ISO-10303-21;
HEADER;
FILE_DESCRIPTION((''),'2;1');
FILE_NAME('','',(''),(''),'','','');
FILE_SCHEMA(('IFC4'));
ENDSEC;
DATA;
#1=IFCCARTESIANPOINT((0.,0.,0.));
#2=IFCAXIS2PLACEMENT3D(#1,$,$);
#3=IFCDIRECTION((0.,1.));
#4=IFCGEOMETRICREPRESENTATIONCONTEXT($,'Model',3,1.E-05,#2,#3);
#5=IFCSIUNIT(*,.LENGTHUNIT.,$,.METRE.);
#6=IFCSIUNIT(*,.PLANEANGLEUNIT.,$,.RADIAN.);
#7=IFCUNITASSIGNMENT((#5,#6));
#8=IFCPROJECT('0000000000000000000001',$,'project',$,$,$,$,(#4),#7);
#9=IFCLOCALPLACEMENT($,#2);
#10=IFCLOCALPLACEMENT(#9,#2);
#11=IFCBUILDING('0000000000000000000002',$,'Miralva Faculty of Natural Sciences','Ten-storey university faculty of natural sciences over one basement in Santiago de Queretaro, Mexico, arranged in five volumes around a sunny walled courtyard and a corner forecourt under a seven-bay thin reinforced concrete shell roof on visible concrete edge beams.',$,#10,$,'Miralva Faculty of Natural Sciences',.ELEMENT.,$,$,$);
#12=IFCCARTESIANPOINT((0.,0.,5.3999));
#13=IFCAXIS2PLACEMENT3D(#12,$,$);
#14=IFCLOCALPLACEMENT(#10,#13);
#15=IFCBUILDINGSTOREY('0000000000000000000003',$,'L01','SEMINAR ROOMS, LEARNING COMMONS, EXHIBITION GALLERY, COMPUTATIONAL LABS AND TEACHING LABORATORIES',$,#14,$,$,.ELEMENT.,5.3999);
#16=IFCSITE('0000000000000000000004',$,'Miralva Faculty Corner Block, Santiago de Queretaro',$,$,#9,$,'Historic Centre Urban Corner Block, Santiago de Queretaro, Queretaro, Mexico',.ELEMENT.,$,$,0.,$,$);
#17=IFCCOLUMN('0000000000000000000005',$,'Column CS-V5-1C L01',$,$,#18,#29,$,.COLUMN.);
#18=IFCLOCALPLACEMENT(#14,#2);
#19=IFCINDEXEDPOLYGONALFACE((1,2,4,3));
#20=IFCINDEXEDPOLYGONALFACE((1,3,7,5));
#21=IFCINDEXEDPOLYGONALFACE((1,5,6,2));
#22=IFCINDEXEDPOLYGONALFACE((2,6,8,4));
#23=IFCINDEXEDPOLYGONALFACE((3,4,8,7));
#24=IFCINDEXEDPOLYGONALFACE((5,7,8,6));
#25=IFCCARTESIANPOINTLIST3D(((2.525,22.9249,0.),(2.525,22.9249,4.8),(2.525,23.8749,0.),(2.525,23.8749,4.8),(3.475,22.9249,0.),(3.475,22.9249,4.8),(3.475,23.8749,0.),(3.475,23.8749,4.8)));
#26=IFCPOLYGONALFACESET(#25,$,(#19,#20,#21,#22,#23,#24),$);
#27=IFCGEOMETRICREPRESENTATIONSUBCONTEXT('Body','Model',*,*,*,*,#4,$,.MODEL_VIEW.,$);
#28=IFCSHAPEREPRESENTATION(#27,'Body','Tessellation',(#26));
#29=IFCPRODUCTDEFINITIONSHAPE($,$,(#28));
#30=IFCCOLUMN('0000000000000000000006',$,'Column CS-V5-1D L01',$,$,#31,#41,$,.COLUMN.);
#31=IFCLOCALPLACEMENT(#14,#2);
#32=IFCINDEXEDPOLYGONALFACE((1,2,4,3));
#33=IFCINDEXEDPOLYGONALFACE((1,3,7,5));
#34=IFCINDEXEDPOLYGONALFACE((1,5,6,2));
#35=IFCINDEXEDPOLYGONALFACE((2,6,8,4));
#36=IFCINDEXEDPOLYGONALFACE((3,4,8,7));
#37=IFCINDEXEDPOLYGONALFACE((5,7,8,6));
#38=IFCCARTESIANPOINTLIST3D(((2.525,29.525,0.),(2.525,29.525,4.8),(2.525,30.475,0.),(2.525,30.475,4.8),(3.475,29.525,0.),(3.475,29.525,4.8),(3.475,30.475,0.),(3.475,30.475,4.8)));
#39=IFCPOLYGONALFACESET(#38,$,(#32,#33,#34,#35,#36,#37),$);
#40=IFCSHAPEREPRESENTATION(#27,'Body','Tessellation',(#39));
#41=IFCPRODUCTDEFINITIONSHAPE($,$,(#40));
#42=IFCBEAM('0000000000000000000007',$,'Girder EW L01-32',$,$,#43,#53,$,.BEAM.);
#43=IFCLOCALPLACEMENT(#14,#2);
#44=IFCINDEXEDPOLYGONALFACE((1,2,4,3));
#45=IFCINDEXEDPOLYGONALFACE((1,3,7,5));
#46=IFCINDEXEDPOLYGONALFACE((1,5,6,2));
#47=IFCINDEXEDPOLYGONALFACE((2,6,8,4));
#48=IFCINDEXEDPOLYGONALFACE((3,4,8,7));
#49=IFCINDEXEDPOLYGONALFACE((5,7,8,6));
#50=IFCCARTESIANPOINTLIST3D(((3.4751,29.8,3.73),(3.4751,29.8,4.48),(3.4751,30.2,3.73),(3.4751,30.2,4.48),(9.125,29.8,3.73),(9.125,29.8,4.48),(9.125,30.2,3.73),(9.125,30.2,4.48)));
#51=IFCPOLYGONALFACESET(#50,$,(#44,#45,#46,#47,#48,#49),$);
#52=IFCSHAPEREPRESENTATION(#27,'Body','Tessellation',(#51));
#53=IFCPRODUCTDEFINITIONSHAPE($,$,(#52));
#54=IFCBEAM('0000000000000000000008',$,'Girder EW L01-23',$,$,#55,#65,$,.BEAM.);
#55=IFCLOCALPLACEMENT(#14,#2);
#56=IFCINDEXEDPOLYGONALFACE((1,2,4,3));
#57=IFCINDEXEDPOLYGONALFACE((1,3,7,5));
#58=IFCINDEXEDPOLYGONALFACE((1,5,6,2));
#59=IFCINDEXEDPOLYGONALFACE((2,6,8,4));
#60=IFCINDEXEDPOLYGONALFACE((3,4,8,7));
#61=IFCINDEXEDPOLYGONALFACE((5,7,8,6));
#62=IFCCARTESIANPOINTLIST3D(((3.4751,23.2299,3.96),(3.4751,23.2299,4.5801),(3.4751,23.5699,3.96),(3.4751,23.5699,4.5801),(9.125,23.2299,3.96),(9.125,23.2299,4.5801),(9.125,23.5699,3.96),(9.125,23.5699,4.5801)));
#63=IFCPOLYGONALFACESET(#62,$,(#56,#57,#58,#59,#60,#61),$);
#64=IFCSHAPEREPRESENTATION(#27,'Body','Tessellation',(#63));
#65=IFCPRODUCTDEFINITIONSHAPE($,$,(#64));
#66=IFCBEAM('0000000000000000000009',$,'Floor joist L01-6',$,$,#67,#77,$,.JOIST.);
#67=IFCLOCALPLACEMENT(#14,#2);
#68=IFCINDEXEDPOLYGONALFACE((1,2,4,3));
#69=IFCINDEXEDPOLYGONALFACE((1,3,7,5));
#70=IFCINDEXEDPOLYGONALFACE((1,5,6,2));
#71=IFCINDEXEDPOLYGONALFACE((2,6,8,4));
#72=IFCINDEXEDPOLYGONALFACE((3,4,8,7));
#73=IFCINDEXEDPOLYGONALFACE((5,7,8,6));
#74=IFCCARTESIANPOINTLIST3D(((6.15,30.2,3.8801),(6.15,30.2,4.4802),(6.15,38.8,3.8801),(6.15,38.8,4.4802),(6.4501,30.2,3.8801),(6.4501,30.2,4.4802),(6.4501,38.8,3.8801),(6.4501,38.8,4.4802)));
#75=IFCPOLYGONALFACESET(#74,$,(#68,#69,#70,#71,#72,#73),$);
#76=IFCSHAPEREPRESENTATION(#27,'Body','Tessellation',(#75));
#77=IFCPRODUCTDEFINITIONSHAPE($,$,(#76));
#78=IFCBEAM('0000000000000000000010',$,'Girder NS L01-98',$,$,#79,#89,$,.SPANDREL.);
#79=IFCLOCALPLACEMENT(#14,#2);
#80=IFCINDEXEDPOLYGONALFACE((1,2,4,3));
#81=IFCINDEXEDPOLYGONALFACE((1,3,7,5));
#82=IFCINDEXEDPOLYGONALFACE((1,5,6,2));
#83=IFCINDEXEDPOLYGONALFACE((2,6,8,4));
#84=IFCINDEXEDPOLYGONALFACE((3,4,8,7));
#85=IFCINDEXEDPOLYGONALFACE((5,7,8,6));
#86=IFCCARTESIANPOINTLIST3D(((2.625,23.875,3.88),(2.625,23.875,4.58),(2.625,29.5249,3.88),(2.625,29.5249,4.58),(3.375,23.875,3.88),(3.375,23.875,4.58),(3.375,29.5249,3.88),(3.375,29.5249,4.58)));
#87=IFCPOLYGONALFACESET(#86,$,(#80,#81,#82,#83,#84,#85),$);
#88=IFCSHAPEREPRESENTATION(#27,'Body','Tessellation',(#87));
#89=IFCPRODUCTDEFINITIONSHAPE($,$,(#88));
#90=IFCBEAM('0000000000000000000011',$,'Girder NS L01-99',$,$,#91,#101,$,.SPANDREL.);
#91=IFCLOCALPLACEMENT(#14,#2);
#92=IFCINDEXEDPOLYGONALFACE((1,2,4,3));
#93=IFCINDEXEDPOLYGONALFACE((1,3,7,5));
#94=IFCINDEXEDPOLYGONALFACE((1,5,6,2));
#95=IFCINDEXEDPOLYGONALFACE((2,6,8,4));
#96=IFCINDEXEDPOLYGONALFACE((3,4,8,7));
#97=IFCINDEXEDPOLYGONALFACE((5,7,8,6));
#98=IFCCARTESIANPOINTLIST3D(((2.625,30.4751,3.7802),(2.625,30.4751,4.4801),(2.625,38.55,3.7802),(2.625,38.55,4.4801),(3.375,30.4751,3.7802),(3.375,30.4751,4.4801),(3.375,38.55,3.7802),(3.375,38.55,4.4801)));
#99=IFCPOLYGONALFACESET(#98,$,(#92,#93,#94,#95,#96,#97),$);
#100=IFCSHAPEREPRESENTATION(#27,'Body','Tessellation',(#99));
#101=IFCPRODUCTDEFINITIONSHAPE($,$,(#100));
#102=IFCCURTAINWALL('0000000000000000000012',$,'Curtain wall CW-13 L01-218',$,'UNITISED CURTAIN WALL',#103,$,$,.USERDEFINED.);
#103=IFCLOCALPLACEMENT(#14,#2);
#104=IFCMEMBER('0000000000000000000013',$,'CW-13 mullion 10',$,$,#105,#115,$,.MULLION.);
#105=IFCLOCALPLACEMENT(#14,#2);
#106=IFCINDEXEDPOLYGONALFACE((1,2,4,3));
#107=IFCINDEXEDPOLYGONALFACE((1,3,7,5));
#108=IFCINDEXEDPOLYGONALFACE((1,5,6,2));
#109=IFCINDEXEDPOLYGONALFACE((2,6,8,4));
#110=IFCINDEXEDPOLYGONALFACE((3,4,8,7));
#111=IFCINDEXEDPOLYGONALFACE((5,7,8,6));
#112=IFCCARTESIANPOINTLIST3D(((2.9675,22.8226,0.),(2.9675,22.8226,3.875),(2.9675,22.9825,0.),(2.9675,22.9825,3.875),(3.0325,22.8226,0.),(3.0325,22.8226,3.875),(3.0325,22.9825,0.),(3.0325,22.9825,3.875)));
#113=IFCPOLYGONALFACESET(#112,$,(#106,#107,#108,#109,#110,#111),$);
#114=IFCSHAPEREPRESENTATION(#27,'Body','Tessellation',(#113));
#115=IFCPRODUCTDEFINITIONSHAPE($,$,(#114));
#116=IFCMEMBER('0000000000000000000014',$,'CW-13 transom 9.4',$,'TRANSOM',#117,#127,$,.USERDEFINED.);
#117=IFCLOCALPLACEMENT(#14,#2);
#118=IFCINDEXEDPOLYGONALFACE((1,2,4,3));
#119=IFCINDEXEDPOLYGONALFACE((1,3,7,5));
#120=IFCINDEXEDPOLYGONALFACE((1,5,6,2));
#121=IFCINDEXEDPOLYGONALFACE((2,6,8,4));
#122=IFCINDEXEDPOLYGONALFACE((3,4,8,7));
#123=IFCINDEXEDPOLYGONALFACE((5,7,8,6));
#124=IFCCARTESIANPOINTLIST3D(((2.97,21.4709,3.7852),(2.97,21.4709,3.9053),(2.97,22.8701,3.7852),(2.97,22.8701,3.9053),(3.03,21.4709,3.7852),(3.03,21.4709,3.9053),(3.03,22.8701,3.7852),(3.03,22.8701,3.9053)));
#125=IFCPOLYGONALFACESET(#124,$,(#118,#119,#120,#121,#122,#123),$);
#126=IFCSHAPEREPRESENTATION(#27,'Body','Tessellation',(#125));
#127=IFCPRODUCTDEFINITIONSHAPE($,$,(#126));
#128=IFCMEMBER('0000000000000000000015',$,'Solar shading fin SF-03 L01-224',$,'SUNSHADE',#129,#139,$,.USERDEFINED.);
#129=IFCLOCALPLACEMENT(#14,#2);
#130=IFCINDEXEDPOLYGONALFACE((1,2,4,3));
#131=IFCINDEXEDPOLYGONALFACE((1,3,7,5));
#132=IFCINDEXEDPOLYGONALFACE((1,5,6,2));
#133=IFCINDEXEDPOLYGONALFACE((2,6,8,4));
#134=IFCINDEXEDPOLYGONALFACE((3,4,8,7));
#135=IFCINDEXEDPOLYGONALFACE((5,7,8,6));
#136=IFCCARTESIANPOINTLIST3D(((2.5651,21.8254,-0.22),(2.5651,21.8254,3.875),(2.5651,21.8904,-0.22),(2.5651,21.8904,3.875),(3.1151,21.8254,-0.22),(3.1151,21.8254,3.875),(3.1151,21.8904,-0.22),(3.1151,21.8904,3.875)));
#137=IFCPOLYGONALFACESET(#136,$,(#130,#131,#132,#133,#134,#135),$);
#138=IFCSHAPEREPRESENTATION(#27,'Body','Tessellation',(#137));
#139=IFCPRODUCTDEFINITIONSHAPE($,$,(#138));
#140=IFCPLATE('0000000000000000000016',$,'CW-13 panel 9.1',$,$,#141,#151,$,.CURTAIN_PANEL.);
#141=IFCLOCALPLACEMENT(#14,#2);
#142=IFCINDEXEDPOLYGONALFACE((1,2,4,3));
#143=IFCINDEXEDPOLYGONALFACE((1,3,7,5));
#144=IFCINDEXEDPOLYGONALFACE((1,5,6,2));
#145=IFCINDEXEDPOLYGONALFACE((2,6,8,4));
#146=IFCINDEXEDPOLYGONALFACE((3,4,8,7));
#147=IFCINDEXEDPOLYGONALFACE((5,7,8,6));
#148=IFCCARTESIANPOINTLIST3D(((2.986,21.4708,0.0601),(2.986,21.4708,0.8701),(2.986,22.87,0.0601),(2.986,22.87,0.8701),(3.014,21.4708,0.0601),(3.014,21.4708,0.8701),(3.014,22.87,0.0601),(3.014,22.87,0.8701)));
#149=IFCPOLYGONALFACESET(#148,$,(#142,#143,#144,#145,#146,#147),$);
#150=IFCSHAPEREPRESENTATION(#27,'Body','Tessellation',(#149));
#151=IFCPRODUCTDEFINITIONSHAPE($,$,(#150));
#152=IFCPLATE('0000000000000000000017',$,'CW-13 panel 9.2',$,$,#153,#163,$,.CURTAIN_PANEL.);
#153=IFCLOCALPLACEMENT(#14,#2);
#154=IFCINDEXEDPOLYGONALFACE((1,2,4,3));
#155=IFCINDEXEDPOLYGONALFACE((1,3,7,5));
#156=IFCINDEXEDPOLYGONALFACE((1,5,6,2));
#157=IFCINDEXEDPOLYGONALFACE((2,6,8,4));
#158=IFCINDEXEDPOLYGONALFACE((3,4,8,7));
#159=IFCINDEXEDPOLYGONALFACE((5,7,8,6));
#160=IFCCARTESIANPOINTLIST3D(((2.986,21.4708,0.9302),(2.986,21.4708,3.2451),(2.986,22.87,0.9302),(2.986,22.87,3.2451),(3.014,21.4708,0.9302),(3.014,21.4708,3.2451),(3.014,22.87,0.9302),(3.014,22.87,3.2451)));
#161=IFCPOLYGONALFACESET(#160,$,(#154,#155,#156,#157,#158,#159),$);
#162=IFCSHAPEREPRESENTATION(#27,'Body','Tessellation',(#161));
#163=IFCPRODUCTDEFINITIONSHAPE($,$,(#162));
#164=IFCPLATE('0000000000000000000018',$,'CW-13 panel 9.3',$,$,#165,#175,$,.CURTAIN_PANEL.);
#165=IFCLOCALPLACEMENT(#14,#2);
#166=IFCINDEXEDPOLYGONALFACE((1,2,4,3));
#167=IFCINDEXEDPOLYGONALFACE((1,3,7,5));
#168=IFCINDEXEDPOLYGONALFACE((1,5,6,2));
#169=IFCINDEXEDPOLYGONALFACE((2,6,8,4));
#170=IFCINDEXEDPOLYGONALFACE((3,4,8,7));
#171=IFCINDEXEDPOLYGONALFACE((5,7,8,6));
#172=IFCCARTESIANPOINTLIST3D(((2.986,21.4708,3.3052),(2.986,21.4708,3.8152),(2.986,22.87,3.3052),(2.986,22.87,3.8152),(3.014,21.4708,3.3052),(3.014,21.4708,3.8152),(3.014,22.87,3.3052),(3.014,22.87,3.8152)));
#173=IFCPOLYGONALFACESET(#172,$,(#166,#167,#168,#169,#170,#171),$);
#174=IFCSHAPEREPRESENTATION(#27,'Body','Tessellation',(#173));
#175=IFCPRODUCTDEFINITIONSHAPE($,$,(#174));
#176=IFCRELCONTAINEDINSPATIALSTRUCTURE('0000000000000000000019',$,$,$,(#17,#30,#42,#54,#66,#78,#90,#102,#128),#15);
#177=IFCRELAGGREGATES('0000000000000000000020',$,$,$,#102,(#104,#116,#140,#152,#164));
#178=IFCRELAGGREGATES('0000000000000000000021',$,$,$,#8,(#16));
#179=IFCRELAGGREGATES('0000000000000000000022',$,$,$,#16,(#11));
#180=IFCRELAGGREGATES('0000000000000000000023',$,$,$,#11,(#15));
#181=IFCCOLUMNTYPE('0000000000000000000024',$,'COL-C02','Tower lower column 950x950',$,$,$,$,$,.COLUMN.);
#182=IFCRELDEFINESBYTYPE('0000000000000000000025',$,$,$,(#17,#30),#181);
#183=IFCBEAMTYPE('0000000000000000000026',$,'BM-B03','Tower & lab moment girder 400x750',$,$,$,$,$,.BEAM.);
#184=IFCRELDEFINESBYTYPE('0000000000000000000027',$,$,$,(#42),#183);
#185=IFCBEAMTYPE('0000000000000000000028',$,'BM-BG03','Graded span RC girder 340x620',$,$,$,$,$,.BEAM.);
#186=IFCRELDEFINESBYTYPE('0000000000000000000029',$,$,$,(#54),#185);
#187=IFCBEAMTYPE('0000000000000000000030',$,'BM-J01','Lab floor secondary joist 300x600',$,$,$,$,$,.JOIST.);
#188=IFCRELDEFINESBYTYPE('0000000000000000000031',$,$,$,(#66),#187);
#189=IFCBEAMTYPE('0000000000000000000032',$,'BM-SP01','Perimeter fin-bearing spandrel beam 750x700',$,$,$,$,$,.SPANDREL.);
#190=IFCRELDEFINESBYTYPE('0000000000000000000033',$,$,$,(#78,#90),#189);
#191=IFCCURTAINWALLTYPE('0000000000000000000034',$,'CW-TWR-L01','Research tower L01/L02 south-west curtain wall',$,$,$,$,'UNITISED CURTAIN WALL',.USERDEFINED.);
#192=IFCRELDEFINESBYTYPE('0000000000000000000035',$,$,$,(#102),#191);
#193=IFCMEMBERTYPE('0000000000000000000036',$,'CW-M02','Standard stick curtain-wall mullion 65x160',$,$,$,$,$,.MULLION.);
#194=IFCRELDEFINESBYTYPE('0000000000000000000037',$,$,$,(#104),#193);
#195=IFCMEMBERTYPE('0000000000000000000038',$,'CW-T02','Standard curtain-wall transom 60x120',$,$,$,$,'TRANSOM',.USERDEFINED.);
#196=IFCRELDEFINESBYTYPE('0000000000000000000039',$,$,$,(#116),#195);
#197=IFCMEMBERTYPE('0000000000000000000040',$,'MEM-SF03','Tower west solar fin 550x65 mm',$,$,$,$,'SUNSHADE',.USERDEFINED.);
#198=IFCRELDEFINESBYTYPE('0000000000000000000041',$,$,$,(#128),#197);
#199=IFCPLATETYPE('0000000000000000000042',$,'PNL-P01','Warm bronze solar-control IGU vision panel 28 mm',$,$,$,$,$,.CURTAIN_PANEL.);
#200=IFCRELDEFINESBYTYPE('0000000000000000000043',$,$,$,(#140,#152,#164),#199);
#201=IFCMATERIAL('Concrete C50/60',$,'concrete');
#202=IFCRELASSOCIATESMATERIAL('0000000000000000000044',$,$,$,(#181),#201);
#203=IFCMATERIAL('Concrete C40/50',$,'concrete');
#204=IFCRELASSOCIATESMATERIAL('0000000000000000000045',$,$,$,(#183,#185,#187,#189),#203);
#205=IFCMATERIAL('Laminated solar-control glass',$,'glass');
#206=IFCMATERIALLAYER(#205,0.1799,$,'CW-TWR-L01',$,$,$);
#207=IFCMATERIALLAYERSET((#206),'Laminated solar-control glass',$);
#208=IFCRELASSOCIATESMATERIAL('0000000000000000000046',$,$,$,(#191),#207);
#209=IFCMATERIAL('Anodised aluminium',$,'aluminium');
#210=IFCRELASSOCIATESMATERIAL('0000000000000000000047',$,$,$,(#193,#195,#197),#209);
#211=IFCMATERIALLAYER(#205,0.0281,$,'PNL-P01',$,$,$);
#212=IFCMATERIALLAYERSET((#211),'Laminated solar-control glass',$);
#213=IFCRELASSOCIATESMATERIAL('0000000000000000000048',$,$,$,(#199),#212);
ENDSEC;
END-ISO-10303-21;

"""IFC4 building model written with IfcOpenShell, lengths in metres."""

from ifc_helpers import new_model, si_unit, direction, frame, origin, origin_2d, place, context, subcontext, project, spatial, rectangle, extrude, material, layer, layer_set, material_profile, profile_set, type_object, element, aggregate, save


model = new_model("IFC4")

# Units and contexts
model_context = context("Model", 3, precision=1e-05, world=origin(), true_north=direction((0.0, 1.0)))
body_context = subcontext(model_context, "Body", "Model", "MODEL_VIEW")
ifc_project = project(units=[si_unit("LENGTHUNIT", "METRE"), si_unit("PLANEANGLEUNIT", "RADIAN")], contexts=[model_context])

# Site, building, storey
site_placement = place(None, origin())
site = spatial("IfcSite", under=ifc_project, at=site_placement, Name="Miralva Faculty Corner Block, Santiago de Queretaro", LongName="Historic Centre Urban Corner Block, Santiago de Queretaro, Queretaro, Mexico", CompositionType="ELEMENT", RefElevation=0.0)
building_placement = place(site_placement, origin())
building = spatial("IfcBuilding", under=site, at=building_placement, Name="Miralva Faculty of Natural Sciences", Description="Ten-storey university faculty of natural sciences over one basement in Santiago de Queretaro, Mexico, arranged in five volumes around a sunny walled courtyard and a corner forecourt under a seven-bay thin reinforced concrete shell roof on visible concrete edge beams.", LongName="Miralva Faculty of Natural Sciences", CompositionType="ELEMENT")
storey_placement = place(building_placement, frame((0.0, 0.0, 5.3999)))
storey = spatial("IfcBuildingStorey", under=building, at=storey_placement, Name="L01", Description="SEMINAR ROOMS, LEARNING COMMONS, EXHIBITION GALLERY, COMPUTATIONAL LABS AND TEACHING LABORATORIES", CompositionType="ELEMENT", Elevation=5.3999)

# Columns
ifc_material_1 = material(Name="Concrete C50/60", Category="concrete")
ifc_material_profile_1 = material_profile(ifc_material_1, rectangle(XDim=0.95, YDim=0.95, at=origin_2d()), Name="RC 950x950")
ifc_profile_set_1 = profile_set([ifc_material_profile_1], Name="Concrete C50/60")
column_type = type_object("IfcColumnType", Name="COL-C02", Description="Tower lower column 950x950", PredefinedType="COLUMN", material=ifc_profile_set_1)
for number, where, z_axis, x_axis, name in (
    (1, (3.0, 23.3999, 0.0), (0.0, 0.0, 1.0), (1.0, 0.0, 0.0), "Column CS-V5-1C L01"),
    (2, (3.0, 30.0, 0.0), (0.0, 0.0, 1.0), (1.0, 0.0, 0.0), "Column CS-V5-1D L01"),
):
    element("IfcColumn", number, at=place(storey_placement, frame(where, z_axis=z_axis, x_axis=x_axis)), inside=storey, type_object=column_type, Name=name, PredefinedType="COLUMN", context=body_context, shape_type="SweptSolid", body=[
        extrude(rectangle(XDim=0.95, YDim=0.95, at=origin_2d()), origin(), (0.0, 0.0, 1.0), 4.8),
    ])

# Beams
ifc_material_2 = material(Name="Concrete C40/50", Category="concrete")
ifc_material_profile_2 = material_profile(ifc_material_2, rectangle(XDim=0.3999, YDim=0.75, at=origin_2d()), Name="RC 400x750")
ifc_profile_set_2 = profile_set([ifc_material_profile_2], Name="Concrete C40/50")
beam_type_1 = type_object("IfcBeamType", Name="BM-B03", Description="Tower & lab moment girder 400x750", PredefinedType="BEAM", material=ifc_profile_set_2)
beam_1_placement = place(storey_placement, frame((3.4751, 30.0, 4.105), z_axis=(1.0, 0.0, 0.0), x_axis=(0.0, 1.0, 0.0)))
element("IfcBeam", 3, at=beam_1_placement, inside=storey, type_object=beam_type_1, Name="Girder EW L01-32", PredefinedType="BEAM", context=body_context, shape_type="SweptSolid", body=[
    extrude(rectangle(XDim=0.3999, YDim=0.75, at=origin_2d()), origin(), (0.0, 0.0, 1.0), 5.6499),
])
ifc_material_profile_3 = material_profile(ifc_material_2, rectangle(XDim=0.3401, YDim=0.6201, at=origin_2d()), Name="RC 340x620")
ifc_profile_set_3 = profile_set([ifc_material_profile_3], Name="Concrete C40/50")
beam_type_2 = type_object("IfcBeamType", Name="BM-BG03", Description="Graded span RC girder 340x620", PredefinedType="BEAM", material=ifc_profile_set_3)
beam_2_placement = place(storey_placement, frame((3.4751, 23.3999, 4.27), z_axis=(1.0, 0.0, 0.0), x_axis=(0.0, 1.0, 0.0)))
element("IfcBeam", 4, at=beam_2_placement, inside=storey, type_object=beam_type_2, Name="Girder EW L01-23", PredefinedType="BEAM", context=body_context, shape_type="SweptSolid", body=[
    extrude(rectangle(XDim=0.3401, YDim=0.6201, at=origin_2d()), origin(), (0.0, 0.0, 1.0), 5.6499),
])
ifc_material_profile_4 = material_profile(ifc_material_2, rectangle(XDim=0.3, YDim=0.6001, at=origin_2d()), Name="RC 300x600")
ifc_profile_set_4 = profile_set([ifc_material_profile_4], Name="Concrete C40/50")
beam_type_3 = type_object("IfcBeamType", Name="BM-J01", Description="Lab floor secondary joist 300x600", PredefinedType="JOIST", material=ifc_profile_set_4)
beam_3_placement = place(storey_placement, frame((6.3, 30.2, 4.1802), z_axis=(0.0, 1.0, 0.0), x_axis=(-1.0, 0.0, 0.0)))
element("IfcBeam", 5, at=beam_3_placement, inside=storey, type_object=beam_type_3, Name="Floor joist L01-6", PredefinedType="JOIST", context=body_context, shape_type="SweptSolid", body=[
    extrude(rectangle(XDim=0.3, YDim=0.6001, at=origin_2d()), origin(), (0.0, 0.0, 1.0), 8.6001),
])
ifc_material_profile_5 = material_profile(ifc_material_2, rectangle(XDim=0.75, YDim=0.7, at=origin_2d()), Name="RC 750x700")
ifc_profile_set_5 = profile_set([ifc_material_profile_5], Name="Concrete C40/50")
beam_type_4 = type_object("IfcBeamType", Name="BM-SP01", Description="Perimeter fin-bearing spandrel beam 750x700", PredefinedType="SPANDREL", material=ifc_profile_set_5)
beam_4_placement = place(storey_placement, frame((3.0, 23.875, 4.23), z_axis=(0.0, 1.0, 0.0), x_axis=(-1.0, 0.0, 0.0)))
element("IfcBeam", 6, at=beam_4_placement, inside=storey, type_object=beam_type_4, Name="Girder NS L01-98", PredefinedType="SPANDREL", context=body_context, shape_type="SweptSolid", body=[
    extrude(rectangle(XDim=0.75, YDim=0.7, at=origin_2d()), origin(), (0.0, 0.0, 1.0), 5.6499),
])
beam_5_placement = place(storey_placement, frame((3.0, 30.4751, 4.1301), z_axis=(0.0, 1.0, 0.0), x_axis=(-1.0, 0.0, 0.0)))
element("IfcBeam", 7, at=beam_5_placement, inside=storey, type_object=beam_type_4, Name="Girder NS L01-99", PredefinedType="SPANDREL", context=body_context, shape_type="SweptSolid", body=[
    extrude(rectangle(XDim=0.75, YDim=0.7, at=origin_2d()), origin(), (0.0, 0.0, 1.0), 8.075),
])

# Curtain wall, members
ifc_material_3 = material(Name="Laminated solar-control glass", Category="glass")
ifc_layer_1 = layer(ifc_material_3, 0.1799, Name="CW-TWR-L01")
ifc_layer_set_1 = layer_set([ifc_layer_1], Name="Laminated solar-control glass")
curtain_wall_type = type_object("IfcCurtainWallType", Name="CW-TWR-L01", Description="Research tower L01/L02 south-west curtain wall", ElementType="UNITISED CURTAIN WALL", PredefinedType="USERDEFINED", material=ifc_layer_set_1)
curtain_wall_placement = place(storey_placement, origin())
curtain_wall = element("IfcCurtainWall", 8, at=curtain_wall_placement, inside=storey, type_object=curtain_wall_type, Name="Curtain wall CW-13 L01-218", ObjectType="UNITISED CURTAIN WALL", PredefinedType="USERDEFINED")
ifc_material_4 = material(Name="Anodised aluminium", Category="aluminium")
ifc_material_profile_6 = material_profile(ifc_material_4, rectangle(XDim=0.0649, YDim=0.1599, at=origin_2d()), Name="MULLION 65x160")
ifc_profile_set_6 = profile_set([ifc_material_profile_6], Name="Anodised aluminium")
member_type_1 = type_object("IfcMemberType", Name="CW-M02", Description="Standard stick curtain-wall mullion 65x160", PredefinedType="MULLION", material=ifc_profile_set_6)
member_1_placement = place(storey_placement, frame((3.0, 22.9026, 0.0), z_axis=(0.0, 0.0, 1.0), x_axis=(-1.0, 0.0, 0.0)))
member_1 = element("IfcMember", 9, at=member_1_placement, type_object=member_type_1, Name="CW-13 mullion 10", PredefinedType="MULLION", context=body_context, shape_type="SweptSolid", body=[
    extrude(rectangle(XDim=0.0649, YDim=0.1599, at=origin_2d()), origin(), (0.0, 0.0, 1.0), 3.875),
])
ifc_material_profile_7 = material_profile(ifc_material_4, rectangle(XDim=0.0601, YDim=0.1201, at=origin_2d()), Name="TRANSOM 60x120")
ifc_profile_set_7 = profile_set([ifc_material_profile_7], Name="Anodised aluminium")
member_type_2 = type_object("IfcMemberType", Name="CW-T02", Description="Standard curtain-wall transom 60x120", ElementType="TRANSOM", PredefinedType="USERDEFINED", material=ifc_profile_set_7)
member_2_placement = place(storey_placement, frame((3.0, 21.4709, 3.8452), z_axis=(0.0, 1.0, 0.0), x_axis=(-1.0, 0.0, 0.0)))
member_2 = element("IfcMember", 10, at=member_2_placement, type_object=member_type_2, Name="CW-13 transom 9.4", ObjectType="TRANSOM", PredefinedType="USERDEFINED", context=body_context, shape_type="SweptSolid", body=[
    extrude(rectangle(XDim=0.0601, YDim=0.1201, at=origin_2d()), origin(), (0.0, 0.0, 1.0), 1.3992),
])

# Member
ifc_material_profile_8 = material_profile(ifc_material_4, rectangle(XDim=0.0649, YDim=0.55, at=origin_2d()), Name="FIN 550x65")
ifc_profile_set_8 = profile_set([ifc_material_profile_8], Name="Anodised aluminium")
member_type_3 = type_object("IfcMemberType", Name="MEM-SF03", Description="Tower west solar fin 550x65 mm", ElementType="SUNSHADE", PredefinedType="USERDEFINED", material=ifc_profile_set_8)
member_3_placement = place(storey_placement, frame((2.8401, 21.8579, -0.22), z_axis=(0.0, 0.0, 1.0), x_axis=(0.0, -1.0, 0.0)))
element("IfcMember", 11, at=member_3_placement, inside=storey, type_object=member_type_3, Name="Solar shading fin SF-03 L01-224", ObjectType="SUNSHADE", PredefinedType="USERDEFINED", context=body_context, shape_type="SweptSolid", body=[
    extrude(rectangle(XDim=0.0649, YDim=0.55, at=origin_2d()), origin(), (0.0, 0.0, 1.0), 4.095),
])

# Plates
ifc_layer_2 = layer(ifc_material_3, 0.0281, Name="PNL-P01")
ifc_layer_set_2 = layer_set([ifc_layer_2], Name="Laminated solar-control glass")
plate_type = type_object("IfcPlateType", Name="PNL-P01", Description="Warm bronze solar-control IGU vision panel 28 mm", PredefinedType="CURTAIN_PANEL", material=ifc_layer_set_2)
plate_1_placement = place(storey_placement, frame((3.0, 22.1704, 0.0601), z_axis=(0.0, 0.0, 1.0), x_axis=(0.0, 1.0, 0.0)))
plate_1 = element("IfcPlate", 12, at=plate_1_placement, type_object=plate_type, Name="CW-13 panel 9.1", PredefinedType="CURTAIN_PANEL", context=body_context, shape_type="SweptSolid", body=[
    extrude(rectangle(XDim=1.3992, YDim=0.0281, at=origin_2d()), origin(), (0.0, 0.0, 1.0), 0.8101),
])
plate_2_placement = place(storey_placement, frame((3.0, 22.1704, 0.9302), z_axis=(0.0, 0.0, 1.0), x_axis=(0.0, 1.0, 0.0)))
plate_2 = element("IfcPlate", 13, at=plate_2_placement, type_object=plate_type, Name="CW-13 panel 9.2", PredefinedType="CURTAIN_PANEL", context=body_context, shape_type="SweptSolid", body=[
    extrude(rectangle(XDim=1.3992, YDim=0.0281, at=origin_2d()), origin(), (0.0, 0.0, 1.0), 2.3149),
])
plate_3_placement = place(storey_placement, frame((3.0, 22.1704, 3.3052), z_axis=(0.0, 0.0, 1.0), x_axis=(0.0, 1.0, 0.0)))
plate_3 = element("IfcPlate", 14, at=plate_3_placement, type_object=plate_type, Name="CW-13 panel 9.3", PredefinedType="CURTAIN_PANEL", context=body_context, shape_type="SweptSolid", body=[
    extrude(rectangle(XDim=1.3992, YDim=0.0281, at=origin_2d()), origin(), (0.0, 0.0, 1.0), 0.51),
])
aggregate(curtain_wall, [member_1, member_2, plate_1, plate_2, plate_3])

save(model, "model.ifc")
